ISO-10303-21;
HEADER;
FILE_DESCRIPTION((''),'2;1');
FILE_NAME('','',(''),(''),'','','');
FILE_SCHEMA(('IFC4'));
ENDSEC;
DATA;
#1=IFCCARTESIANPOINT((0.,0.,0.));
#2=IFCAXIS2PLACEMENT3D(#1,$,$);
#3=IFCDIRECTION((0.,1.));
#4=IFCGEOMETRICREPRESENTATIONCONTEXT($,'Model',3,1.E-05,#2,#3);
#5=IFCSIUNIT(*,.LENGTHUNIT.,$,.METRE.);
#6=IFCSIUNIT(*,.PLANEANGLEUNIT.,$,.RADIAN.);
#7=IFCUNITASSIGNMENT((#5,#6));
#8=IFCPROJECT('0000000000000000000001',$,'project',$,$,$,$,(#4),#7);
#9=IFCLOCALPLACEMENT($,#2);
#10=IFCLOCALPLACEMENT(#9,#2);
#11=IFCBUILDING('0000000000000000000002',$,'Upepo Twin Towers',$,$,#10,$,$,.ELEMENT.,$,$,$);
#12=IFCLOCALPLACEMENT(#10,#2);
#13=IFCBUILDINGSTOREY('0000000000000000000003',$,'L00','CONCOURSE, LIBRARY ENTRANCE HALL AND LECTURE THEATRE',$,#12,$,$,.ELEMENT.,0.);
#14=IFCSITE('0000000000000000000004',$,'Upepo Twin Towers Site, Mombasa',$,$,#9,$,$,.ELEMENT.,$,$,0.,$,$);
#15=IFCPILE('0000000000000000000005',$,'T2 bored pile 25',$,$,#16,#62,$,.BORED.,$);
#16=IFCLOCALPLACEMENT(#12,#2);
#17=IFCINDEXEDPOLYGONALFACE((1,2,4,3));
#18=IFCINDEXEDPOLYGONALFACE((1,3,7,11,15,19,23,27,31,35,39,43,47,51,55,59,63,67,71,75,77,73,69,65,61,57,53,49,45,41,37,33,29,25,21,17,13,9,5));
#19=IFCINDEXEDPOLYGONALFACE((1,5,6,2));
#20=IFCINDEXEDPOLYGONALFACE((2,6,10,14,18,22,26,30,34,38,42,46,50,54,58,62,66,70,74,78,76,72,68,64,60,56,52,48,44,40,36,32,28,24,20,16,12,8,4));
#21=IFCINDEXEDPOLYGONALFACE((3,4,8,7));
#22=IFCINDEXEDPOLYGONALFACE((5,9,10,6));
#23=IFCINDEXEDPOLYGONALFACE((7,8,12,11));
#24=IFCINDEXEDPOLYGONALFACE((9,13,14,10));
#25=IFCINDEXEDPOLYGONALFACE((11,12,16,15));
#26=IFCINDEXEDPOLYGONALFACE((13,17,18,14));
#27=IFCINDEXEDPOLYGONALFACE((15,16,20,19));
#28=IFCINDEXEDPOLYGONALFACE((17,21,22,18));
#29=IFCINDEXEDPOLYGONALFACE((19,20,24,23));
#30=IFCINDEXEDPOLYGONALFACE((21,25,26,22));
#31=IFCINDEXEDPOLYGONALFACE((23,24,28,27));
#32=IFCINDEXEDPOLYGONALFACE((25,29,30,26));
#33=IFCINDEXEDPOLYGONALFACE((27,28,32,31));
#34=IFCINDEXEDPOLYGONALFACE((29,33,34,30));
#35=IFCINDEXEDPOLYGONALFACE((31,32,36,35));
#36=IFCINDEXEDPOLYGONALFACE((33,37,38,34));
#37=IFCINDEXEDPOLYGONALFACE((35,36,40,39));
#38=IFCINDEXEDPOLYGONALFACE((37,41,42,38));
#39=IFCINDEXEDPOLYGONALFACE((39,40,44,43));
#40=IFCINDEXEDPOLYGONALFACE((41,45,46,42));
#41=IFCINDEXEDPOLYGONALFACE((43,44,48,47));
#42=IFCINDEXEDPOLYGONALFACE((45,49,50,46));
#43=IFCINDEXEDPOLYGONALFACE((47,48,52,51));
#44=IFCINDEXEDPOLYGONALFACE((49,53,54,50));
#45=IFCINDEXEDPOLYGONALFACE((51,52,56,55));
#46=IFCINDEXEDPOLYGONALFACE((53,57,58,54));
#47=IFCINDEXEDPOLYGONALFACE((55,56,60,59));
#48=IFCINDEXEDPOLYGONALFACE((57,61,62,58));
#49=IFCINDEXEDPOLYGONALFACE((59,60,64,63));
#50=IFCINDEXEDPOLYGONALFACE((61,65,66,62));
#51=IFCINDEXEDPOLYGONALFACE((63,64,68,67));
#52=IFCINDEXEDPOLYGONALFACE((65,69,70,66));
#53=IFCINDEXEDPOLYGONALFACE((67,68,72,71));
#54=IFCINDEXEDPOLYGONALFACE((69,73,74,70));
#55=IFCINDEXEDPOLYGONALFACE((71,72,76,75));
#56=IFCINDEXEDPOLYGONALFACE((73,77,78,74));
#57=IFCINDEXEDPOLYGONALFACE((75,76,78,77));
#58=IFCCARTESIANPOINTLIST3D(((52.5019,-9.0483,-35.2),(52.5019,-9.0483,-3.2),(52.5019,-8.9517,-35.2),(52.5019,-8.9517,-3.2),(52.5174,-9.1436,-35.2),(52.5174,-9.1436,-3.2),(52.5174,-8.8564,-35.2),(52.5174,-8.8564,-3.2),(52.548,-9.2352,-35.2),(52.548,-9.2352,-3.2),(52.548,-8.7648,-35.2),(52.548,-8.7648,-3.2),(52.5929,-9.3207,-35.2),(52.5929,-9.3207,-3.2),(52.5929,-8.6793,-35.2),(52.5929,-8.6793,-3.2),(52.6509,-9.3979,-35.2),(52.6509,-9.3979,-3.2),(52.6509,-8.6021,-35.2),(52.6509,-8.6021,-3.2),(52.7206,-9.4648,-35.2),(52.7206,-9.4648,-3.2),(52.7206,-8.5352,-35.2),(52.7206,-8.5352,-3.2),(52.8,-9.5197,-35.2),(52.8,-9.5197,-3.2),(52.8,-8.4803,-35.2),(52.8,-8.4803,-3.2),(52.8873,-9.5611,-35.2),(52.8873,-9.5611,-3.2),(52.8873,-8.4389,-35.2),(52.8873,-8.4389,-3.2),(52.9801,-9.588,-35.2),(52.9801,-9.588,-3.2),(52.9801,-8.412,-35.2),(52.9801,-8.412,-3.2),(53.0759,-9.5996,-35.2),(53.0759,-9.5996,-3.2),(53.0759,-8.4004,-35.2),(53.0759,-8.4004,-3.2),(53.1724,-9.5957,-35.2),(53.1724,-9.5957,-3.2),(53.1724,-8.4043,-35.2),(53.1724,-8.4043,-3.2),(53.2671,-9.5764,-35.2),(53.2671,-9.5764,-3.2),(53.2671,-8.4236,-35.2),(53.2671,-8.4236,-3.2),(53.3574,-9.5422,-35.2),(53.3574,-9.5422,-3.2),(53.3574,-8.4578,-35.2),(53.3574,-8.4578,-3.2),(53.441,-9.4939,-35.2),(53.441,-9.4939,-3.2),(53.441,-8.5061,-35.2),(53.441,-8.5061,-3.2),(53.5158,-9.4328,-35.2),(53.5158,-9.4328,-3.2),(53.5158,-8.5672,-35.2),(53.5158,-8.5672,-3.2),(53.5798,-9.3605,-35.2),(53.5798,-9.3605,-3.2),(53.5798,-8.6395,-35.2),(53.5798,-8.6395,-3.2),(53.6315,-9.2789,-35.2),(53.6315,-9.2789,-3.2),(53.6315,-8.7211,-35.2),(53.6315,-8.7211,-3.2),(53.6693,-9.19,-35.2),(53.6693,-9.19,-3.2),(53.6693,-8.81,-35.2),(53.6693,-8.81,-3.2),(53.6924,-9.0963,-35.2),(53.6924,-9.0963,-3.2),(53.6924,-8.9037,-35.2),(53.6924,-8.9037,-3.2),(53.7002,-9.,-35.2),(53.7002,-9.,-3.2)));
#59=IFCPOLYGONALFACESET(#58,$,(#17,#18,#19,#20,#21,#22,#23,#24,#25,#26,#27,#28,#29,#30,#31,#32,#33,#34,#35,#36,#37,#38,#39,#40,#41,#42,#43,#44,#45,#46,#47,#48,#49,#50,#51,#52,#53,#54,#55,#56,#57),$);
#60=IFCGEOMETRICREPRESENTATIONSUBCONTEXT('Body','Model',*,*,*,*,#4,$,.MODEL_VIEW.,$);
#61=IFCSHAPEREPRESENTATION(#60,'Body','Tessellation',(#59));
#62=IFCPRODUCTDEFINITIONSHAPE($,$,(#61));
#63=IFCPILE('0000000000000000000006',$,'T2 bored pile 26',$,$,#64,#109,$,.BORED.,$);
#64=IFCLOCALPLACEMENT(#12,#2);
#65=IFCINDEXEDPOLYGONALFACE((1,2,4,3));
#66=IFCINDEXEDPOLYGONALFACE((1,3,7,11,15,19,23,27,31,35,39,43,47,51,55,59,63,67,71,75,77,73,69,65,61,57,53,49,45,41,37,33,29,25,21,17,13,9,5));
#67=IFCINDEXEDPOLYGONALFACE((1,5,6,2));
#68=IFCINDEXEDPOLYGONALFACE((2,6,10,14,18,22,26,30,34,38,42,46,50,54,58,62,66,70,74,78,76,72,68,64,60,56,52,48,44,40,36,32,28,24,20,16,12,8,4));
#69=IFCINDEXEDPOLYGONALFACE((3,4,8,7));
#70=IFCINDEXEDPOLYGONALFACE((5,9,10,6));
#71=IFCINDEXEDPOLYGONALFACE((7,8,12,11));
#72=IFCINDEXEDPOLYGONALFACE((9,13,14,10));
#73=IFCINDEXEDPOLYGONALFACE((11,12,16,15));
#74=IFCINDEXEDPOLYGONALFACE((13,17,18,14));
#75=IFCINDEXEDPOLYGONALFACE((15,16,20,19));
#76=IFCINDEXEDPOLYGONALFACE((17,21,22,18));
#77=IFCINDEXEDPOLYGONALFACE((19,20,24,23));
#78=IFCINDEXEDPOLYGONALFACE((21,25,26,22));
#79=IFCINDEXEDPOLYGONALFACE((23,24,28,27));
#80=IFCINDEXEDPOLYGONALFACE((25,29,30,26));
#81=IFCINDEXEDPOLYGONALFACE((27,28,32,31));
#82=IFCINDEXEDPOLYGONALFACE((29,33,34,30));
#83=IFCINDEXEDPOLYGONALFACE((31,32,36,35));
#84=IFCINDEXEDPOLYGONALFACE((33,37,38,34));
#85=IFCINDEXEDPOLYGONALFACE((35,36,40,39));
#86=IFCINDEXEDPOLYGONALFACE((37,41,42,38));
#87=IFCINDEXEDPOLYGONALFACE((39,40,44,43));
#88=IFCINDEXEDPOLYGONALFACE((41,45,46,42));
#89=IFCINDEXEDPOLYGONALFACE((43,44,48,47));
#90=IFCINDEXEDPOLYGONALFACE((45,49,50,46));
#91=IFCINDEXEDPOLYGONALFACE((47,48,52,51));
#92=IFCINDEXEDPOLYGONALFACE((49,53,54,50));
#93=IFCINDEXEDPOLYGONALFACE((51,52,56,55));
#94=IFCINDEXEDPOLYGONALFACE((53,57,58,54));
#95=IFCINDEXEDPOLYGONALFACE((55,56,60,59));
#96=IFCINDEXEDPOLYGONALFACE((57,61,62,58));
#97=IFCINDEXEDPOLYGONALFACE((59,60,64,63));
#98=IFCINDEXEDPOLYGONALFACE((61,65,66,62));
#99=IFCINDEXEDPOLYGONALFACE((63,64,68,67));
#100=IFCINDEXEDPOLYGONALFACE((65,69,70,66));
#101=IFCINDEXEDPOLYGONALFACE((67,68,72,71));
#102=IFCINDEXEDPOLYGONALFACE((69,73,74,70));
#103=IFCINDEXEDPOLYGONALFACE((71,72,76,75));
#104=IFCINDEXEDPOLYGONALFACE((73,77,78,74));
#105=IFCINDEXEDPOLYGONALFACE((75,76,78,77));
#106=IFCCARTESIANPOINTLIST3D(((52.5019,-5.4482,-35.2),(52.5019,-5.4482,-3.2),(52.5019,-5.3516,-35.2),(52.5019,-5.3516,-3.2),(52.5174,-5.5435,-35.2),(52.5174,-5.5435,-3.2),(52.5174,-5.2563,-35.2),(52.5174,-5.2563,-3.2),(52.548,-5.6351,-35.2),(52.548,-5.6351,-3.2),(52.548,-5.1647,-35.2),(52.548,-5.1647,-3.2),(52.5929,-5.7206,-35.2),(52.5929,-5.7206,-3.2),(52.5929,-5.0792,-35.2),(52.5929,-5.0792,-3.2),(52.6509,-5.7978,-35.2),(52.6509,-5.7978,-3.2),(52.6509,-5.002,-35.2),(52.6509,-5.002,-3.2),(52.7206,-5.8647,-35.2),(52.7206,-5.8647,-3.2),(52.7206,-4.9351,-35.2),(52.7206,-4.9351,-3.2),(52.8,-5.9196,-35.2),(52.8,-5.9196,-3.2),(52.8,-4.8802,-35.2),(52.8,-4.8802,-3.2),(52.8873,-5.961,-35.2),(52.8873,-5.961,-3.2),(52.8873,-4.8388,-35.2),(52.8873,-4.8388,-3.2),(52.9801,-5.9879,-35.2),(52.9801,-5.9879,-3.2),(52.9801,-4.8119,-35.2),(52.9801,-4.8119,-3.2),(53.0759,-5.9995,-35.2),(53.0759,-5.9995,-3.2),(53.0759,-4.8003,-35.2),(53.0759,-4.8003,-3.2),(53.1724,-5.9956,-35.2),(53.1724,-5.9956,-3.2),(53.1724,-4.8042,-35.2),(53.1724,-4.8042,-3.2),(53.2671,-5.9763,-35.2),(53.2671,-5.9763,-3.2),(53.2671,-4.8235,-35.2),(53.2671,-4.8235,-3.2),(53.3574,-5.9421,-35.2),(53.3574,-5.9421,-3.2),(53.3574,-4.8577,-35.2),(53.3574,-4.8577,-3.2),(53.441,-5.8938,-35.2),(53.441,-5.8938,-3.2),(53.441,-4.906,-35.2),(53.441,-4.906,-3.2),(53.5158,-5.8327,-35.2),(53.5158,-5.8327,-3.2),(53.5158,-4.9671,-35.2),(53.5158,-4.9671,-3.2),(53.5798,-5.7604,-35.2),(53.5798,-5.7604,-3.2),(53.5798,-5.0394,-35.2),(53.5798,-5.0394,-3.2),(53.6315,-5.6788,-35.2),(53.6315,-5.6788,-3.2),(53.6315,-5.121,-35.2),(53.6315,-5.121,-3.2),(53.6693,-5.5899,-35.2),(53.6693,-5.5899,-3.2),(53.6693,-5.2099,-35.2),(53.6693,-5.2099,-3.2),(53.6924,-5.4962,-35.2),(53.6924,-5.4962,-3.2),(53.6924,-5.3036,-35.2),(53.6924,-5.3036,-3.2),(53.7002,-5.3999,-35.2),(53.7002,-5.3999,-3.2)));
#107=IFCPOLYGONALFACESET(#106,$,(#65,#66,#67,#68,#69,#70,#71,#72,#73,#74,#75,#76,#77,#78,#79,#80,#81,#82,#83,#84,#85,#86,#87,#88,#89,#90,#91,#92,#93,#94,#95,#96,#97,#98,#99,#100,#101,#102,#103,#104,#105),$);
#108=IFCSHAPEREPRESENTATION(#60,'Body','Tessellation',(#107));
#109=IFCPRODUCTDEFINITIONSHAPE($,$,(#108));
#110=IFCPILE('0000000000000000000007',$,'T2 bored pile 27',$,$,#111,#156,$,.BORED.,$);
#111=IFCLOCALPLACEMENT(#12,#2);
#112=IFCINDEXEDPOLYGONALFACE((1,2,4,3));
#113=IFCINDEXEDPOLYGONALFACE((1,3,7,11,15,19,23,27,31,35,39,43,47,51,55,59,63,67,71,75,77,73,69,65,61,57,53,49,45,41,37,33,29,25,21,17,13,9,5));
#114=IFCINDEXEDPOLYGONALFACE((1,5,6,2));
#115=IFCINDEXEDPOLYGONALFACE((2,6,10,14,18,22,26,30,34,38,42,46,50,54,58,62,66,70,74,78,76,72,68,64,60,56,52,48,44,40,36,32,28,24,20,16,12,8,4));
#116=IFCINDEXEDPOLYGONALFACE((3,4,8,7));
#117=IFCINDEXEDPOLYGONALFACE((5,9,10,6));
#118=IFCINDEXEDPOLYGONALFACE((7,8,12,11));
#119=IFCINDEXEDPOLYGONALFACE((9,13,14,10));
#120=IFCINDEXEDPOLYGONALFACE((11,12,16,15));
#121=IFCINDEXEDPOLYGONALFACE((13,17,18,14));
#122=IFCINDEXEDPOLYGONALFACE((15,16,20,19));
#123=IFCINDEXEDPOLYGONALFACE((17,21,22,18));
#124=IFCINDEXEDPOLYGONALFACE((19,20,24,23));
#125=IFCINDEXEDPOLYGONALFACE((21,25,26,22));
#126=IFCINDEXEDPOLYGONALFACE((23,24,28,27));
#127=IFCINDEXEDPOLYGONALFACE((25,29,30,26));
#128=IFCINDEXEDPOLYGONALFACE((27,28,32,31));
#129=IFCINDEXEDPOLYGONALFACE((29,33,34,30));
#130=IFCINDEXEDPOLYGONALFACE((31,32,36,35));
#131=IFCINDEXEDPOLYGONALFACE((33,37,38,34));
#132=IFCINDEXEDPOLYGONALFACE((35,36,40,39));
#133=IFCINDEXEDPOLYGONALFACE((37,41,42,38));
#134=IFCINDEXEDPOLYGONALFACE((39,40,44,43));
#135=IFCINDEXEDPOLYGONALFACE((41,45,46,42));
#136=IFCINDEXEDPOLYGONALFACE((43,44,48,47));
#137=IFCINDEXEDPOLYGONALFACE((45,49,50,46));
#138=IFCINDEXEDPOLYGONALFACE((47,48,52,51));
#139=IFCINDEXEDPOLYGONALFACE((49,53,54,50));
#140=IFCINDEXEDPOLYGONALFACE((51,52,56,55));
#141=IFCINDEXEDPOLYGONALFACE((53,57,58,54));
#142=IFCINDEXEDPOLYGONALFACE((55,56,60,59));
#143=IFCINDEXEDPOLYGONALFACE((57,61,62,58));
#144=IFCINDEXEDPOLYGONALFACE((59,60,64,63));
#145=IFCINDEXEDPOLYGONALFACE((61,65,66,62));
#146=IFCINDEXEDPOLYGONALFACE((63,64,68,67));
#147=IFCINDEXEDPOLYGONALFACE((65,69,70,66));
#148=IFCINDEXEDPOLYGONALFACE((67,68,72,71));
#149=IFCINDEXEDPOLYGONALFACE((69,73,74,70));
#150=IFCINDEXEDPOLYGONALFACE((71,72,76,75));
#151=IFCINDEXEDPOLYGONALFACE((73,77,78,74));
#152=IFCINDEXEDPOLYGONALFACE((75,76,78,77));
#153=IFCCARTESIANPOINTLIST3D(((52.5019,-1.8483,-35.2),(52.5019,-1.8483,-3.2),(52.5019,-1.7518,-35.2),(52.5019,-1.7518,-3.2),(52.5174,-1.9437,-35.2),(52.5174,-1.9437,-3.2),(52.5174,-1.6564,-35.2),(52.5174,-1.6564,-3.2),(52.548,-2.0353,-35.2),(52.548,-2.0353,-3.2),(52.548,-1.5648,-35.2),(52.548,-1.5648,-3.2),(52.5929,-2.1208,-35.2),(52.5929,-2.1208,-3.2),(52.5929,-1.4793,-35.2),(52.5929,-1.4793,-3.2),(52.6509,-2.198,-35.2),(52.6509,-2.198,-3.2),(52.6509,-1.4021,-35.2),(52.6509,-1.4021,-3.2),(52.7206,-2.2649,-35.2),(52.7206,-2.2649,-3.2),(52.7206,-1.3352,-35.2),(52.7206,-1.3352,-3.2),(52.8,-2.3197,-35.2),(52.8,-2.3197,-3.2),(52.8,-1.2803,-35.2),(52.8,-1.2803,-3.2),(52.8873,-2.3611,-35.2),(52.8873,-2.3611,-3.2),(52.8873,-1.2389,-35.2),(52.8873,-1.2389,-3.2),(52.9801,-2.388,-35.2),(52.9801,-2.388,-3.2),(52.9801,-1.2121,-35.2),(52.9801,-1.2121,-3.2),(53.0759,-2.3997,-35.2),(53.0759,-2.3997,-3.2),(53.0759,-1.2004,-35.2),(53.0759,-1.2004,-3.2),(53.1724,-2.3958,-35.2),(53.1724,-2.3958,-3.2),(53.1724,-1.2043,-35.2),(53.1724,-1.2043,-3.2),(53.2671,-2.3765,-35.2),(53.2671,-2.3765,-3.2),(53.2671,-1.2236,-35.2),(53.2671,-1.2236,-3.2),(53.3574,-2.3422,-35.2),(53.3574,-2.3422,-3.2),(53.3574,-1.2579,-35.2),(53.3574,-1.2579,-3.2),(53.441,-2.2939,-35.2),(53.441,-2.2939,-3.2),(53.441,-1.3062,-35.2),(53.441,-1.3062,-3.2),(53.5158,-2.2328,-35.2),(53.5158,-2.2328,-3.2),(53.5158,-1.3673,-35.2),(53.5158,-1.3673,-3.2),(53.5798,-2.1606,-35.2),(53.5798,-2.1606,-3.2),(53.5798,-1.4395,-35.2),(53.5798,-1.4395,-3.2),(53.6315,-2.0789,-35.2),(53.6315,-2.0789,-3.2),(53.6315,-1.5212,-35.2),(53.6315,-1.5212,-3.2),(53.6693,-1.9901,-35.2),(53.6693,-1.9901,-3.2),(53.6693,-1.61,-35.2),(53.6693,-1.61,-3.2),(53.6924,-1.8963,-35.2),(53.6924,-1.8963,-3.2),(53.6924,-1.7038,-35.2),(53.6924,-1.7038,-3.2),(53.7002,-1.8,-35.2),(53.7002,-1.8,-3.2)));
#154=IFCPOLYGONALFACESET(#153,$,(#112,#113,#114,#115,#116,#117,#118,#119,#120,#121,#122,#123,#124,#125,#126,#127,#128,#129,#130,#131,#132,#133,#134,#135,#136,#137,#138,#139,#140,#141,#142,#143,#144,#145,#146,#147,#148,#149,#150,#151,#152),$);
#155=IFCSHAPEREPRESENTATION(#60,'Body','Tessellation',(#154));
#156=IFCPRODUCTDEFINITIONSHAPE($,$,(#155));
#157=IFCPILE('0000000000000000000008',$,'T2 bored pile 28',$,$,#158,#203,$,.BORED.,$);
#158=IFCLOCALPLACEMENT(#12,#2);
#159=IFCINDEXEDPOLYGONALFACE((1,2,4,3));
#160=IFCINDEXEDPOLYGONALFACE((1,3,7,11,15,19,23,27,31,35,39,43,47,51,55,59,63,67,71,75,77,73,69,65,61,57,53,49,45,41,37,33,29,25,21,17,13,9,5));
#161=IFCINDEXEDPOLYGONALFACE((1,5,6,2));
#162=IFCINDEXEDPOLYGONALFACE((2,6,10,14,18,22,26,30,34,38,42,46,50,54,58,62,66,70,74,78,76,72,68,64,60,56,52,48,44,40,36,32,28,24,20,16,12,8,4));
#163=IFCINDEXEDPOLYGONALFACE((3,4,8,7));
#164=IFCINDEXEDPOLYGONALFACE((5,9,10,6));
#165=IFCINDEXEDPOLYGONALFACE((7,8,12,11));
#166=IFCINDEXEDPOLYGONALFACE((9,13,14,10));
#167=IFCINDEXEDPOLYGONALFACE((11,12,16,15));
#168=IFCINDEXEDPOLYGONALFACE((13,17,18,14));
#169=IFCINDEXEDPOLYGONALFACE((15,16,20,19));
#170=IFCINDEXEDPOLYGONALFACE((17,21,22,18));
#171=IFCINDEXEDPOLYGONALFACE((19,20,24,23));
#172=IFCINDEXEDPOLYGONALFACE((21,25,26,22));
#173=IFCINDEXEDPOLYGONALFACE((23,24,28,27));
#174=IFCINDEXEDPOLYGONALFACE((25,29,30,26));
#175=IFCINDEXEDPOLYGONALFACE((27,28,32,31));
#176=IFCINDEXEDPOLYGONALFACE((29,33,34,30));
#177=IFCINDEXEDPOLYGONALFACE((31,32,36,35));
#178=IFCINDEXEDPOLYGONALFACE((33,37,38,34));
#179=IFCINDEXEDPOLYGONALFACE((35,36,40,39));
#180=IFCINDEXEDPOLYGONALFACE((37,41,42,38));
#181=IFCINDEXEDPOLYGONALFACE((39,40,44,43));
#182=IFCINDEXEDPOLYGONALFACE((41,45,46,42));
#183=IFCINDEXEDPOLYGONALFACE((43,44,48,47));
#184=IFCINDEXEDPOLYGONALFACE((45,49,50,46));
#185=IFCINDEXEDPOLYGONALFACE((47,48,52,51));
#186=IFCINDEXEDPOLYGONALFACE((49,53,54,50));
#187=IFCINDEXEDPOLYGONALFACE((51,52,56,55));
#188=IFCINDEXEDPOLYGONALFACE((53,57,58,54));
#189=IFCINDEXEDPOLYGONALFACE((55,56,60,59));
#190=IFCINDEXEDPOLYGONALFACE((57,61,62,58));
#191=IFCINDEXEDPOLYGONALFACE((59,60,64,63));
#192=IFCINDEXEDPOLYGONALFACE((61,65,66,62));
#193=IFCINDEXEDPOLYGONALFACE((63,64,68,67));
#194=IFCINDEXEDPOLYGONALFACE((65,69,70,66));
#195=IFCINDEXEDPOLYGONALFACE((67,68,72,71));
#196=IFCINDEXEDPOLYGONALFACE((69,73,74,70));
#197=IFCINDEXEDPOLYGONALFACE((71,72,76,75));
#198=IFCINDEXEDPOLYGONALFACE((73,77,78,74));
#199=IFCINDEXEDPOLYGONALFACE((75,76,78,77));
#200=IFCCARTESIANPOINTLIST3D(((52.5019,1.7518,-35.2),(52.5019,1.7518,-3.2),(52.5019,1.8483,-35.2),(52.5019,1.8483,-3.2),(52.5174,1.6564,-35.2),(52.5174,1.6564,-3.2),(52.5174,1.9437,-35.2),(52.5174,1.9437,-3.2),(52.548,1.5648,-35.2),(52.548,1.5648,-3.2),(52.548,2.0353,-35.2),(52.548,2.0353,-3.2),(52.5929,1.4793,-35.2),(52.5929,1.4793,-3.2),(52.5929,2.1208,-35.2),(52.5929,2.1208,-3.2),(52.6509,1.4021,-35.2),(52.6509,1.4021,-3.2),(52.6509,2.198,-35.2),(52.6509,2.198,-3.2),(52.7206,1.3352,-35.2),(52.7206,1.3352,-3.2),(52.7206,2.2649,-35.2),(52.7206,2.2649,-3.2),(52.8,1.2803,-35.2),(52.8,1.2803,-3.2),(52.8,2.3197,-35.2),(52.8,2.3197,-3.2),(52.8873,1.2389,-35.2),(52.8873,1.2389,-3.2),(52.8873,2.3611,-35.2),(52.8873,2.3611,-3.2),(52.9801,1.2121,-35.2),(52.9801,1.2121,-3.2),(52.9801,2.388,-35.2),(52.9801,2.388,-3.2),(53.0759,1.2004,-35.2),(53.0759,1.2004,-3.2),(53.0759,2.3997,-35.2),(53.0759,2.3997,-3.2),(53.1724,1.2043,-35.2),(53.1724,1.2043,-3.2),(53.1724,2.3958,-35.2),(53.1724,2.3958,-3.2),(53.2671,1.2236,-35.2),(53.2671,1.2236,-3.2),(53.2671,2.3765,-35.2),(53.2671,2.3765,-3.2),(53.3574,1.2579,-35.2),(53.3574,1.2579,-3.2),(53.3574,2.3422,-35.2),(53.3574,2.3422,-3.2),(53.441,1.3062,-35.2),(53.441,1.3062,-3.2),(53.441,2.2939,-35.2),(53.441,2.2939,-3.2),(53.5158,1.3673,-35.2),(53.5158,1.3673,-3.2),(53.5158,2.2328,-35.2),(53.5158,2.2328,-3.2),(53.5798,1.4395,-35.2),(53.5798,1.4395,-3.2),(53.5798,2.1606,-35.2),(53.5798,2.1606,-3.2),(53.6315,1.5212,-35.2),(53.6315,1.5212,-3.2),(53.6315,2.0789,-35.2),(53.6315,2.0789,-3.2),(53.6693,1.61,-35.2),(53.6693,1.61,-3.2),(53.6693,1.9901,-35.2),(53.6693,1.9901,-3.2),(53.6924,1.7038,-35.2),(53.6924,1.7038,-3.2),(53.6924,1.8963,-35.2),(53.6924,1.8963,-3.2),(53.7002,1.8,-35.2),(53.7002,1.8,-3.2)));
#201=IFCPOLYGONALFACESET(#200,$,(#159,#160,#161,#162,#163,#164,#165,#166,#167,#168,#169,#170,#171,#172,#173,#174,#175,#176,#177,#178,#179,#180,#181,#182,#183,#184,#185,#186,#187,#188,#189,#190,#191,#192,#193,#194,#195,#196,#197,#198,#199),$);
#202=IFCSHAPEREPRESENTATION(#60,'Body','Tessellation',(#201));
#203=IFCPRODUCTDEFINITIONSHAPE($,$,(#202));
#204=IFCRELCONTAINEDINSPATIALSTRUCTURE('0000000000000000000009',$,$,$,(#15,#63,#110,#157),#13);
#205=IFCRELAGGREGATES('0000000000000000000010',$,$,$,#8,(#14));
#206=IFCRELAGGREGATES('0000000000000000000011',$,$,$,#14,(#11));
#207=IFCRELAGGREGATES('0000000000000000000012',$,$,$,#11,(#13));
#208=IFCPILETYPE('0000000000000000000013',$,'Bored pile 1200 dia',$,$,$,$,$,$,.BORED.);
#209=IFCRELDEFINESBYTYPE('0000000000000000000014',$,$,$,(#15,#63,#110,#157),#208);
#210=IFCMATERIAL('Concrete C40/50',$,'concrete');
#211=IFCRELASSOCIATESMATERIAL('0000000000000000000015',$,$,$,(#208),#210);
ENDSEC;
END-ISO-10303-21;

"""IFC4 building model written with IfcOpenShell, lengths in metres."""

from ifc_helpers import new_model, si_unit, direction, frame, origin, origin_2d, place, context, subcontext, project, spatial, circle, extrude, material, type_object, element, save


model = new_model("IFC4")

# Units and contexts
model_context = context("Model", 3, precision=1e-05, world=origin(), true_north=direction((0.0, 1.0)))
body_context = subcontext(model_context, "Body", "Model", "MODEL_VIEW")
ifc_project = project(units=[si_unit("LENGTHUNIT", "METRE"), si_unit("PLANEANGLEUNIT", "RADIAN")], contexts=[model_context])

# Site, building, storey
site_placement = place(None, origin())
site = spatial("IfcSite", under=ifc_project, at=site_placement, Name="Upepo Twin Towers Site, Mombasa", CompositionType="ELEMENT", RefElevation=0.0)
building_placement = place(site_placement, origin())
building = spatial("IfcBuilding", under=site, at=building_placement, Name="Upepo Twin Towers", CompositionType="ELEMENT")
storey_placement = place(building_placement, origin())
storey = spatial("IfcBuildingStorey", under=building, at=storey_placement, Name="L00", Description="CONCOURSE, LIBRARY ENTRANCE HALL AND LECTURE THEATRE", CompositionType="ELEMENT", Elevation=0.0)

# Piles
ifc_material_1 = material(Name="Concrete C40/50", Category="concrete")
pile_type = type_object("IfcPileType", Name="Bored pile 1200 dia", PredefinedType="BORED", material=ifc_material_1)
for number, where, z_axis, x_axis, name in (
    (1, (53.1001, -9.0, -3.2), (0.0, 0.0, -1.0), (1.0, 0.0, 0.0), "T2 bored pile 25"),
    (2, (53.1001, -5.3999, -3.2), (0.0, 0.0, -1.0), (1.0, 0.0, 0.0), "T2 bored pile 26"),
    (3, (53.1001, -1.8, -3.2), (0.0, 0.0, -1.0), (1.0, 0.0, 0.0), "T2 bored pile 27"),
    (4, (53.1001, 1.8, -3.2), (0.0, 0.0, -1.0), (1.0, 0.0, 0.0), "T2 bored pile 28"),
):
    element("IfcPile", number, at=place(storey_placement, frame(where, z_axis=z_axis, x_axis=x_axis)), inside=storey, type_object=pile_type, Name=name, PredefinedType="BORED", context=body_context, shape_type="SweptSolid", body=[
        extrude(circle(Radius=0.6001, at=origin_2d()), origin(), (0.0, 0.0, 1.0), 32.0),
    ])

save(model, "model.ifc")
